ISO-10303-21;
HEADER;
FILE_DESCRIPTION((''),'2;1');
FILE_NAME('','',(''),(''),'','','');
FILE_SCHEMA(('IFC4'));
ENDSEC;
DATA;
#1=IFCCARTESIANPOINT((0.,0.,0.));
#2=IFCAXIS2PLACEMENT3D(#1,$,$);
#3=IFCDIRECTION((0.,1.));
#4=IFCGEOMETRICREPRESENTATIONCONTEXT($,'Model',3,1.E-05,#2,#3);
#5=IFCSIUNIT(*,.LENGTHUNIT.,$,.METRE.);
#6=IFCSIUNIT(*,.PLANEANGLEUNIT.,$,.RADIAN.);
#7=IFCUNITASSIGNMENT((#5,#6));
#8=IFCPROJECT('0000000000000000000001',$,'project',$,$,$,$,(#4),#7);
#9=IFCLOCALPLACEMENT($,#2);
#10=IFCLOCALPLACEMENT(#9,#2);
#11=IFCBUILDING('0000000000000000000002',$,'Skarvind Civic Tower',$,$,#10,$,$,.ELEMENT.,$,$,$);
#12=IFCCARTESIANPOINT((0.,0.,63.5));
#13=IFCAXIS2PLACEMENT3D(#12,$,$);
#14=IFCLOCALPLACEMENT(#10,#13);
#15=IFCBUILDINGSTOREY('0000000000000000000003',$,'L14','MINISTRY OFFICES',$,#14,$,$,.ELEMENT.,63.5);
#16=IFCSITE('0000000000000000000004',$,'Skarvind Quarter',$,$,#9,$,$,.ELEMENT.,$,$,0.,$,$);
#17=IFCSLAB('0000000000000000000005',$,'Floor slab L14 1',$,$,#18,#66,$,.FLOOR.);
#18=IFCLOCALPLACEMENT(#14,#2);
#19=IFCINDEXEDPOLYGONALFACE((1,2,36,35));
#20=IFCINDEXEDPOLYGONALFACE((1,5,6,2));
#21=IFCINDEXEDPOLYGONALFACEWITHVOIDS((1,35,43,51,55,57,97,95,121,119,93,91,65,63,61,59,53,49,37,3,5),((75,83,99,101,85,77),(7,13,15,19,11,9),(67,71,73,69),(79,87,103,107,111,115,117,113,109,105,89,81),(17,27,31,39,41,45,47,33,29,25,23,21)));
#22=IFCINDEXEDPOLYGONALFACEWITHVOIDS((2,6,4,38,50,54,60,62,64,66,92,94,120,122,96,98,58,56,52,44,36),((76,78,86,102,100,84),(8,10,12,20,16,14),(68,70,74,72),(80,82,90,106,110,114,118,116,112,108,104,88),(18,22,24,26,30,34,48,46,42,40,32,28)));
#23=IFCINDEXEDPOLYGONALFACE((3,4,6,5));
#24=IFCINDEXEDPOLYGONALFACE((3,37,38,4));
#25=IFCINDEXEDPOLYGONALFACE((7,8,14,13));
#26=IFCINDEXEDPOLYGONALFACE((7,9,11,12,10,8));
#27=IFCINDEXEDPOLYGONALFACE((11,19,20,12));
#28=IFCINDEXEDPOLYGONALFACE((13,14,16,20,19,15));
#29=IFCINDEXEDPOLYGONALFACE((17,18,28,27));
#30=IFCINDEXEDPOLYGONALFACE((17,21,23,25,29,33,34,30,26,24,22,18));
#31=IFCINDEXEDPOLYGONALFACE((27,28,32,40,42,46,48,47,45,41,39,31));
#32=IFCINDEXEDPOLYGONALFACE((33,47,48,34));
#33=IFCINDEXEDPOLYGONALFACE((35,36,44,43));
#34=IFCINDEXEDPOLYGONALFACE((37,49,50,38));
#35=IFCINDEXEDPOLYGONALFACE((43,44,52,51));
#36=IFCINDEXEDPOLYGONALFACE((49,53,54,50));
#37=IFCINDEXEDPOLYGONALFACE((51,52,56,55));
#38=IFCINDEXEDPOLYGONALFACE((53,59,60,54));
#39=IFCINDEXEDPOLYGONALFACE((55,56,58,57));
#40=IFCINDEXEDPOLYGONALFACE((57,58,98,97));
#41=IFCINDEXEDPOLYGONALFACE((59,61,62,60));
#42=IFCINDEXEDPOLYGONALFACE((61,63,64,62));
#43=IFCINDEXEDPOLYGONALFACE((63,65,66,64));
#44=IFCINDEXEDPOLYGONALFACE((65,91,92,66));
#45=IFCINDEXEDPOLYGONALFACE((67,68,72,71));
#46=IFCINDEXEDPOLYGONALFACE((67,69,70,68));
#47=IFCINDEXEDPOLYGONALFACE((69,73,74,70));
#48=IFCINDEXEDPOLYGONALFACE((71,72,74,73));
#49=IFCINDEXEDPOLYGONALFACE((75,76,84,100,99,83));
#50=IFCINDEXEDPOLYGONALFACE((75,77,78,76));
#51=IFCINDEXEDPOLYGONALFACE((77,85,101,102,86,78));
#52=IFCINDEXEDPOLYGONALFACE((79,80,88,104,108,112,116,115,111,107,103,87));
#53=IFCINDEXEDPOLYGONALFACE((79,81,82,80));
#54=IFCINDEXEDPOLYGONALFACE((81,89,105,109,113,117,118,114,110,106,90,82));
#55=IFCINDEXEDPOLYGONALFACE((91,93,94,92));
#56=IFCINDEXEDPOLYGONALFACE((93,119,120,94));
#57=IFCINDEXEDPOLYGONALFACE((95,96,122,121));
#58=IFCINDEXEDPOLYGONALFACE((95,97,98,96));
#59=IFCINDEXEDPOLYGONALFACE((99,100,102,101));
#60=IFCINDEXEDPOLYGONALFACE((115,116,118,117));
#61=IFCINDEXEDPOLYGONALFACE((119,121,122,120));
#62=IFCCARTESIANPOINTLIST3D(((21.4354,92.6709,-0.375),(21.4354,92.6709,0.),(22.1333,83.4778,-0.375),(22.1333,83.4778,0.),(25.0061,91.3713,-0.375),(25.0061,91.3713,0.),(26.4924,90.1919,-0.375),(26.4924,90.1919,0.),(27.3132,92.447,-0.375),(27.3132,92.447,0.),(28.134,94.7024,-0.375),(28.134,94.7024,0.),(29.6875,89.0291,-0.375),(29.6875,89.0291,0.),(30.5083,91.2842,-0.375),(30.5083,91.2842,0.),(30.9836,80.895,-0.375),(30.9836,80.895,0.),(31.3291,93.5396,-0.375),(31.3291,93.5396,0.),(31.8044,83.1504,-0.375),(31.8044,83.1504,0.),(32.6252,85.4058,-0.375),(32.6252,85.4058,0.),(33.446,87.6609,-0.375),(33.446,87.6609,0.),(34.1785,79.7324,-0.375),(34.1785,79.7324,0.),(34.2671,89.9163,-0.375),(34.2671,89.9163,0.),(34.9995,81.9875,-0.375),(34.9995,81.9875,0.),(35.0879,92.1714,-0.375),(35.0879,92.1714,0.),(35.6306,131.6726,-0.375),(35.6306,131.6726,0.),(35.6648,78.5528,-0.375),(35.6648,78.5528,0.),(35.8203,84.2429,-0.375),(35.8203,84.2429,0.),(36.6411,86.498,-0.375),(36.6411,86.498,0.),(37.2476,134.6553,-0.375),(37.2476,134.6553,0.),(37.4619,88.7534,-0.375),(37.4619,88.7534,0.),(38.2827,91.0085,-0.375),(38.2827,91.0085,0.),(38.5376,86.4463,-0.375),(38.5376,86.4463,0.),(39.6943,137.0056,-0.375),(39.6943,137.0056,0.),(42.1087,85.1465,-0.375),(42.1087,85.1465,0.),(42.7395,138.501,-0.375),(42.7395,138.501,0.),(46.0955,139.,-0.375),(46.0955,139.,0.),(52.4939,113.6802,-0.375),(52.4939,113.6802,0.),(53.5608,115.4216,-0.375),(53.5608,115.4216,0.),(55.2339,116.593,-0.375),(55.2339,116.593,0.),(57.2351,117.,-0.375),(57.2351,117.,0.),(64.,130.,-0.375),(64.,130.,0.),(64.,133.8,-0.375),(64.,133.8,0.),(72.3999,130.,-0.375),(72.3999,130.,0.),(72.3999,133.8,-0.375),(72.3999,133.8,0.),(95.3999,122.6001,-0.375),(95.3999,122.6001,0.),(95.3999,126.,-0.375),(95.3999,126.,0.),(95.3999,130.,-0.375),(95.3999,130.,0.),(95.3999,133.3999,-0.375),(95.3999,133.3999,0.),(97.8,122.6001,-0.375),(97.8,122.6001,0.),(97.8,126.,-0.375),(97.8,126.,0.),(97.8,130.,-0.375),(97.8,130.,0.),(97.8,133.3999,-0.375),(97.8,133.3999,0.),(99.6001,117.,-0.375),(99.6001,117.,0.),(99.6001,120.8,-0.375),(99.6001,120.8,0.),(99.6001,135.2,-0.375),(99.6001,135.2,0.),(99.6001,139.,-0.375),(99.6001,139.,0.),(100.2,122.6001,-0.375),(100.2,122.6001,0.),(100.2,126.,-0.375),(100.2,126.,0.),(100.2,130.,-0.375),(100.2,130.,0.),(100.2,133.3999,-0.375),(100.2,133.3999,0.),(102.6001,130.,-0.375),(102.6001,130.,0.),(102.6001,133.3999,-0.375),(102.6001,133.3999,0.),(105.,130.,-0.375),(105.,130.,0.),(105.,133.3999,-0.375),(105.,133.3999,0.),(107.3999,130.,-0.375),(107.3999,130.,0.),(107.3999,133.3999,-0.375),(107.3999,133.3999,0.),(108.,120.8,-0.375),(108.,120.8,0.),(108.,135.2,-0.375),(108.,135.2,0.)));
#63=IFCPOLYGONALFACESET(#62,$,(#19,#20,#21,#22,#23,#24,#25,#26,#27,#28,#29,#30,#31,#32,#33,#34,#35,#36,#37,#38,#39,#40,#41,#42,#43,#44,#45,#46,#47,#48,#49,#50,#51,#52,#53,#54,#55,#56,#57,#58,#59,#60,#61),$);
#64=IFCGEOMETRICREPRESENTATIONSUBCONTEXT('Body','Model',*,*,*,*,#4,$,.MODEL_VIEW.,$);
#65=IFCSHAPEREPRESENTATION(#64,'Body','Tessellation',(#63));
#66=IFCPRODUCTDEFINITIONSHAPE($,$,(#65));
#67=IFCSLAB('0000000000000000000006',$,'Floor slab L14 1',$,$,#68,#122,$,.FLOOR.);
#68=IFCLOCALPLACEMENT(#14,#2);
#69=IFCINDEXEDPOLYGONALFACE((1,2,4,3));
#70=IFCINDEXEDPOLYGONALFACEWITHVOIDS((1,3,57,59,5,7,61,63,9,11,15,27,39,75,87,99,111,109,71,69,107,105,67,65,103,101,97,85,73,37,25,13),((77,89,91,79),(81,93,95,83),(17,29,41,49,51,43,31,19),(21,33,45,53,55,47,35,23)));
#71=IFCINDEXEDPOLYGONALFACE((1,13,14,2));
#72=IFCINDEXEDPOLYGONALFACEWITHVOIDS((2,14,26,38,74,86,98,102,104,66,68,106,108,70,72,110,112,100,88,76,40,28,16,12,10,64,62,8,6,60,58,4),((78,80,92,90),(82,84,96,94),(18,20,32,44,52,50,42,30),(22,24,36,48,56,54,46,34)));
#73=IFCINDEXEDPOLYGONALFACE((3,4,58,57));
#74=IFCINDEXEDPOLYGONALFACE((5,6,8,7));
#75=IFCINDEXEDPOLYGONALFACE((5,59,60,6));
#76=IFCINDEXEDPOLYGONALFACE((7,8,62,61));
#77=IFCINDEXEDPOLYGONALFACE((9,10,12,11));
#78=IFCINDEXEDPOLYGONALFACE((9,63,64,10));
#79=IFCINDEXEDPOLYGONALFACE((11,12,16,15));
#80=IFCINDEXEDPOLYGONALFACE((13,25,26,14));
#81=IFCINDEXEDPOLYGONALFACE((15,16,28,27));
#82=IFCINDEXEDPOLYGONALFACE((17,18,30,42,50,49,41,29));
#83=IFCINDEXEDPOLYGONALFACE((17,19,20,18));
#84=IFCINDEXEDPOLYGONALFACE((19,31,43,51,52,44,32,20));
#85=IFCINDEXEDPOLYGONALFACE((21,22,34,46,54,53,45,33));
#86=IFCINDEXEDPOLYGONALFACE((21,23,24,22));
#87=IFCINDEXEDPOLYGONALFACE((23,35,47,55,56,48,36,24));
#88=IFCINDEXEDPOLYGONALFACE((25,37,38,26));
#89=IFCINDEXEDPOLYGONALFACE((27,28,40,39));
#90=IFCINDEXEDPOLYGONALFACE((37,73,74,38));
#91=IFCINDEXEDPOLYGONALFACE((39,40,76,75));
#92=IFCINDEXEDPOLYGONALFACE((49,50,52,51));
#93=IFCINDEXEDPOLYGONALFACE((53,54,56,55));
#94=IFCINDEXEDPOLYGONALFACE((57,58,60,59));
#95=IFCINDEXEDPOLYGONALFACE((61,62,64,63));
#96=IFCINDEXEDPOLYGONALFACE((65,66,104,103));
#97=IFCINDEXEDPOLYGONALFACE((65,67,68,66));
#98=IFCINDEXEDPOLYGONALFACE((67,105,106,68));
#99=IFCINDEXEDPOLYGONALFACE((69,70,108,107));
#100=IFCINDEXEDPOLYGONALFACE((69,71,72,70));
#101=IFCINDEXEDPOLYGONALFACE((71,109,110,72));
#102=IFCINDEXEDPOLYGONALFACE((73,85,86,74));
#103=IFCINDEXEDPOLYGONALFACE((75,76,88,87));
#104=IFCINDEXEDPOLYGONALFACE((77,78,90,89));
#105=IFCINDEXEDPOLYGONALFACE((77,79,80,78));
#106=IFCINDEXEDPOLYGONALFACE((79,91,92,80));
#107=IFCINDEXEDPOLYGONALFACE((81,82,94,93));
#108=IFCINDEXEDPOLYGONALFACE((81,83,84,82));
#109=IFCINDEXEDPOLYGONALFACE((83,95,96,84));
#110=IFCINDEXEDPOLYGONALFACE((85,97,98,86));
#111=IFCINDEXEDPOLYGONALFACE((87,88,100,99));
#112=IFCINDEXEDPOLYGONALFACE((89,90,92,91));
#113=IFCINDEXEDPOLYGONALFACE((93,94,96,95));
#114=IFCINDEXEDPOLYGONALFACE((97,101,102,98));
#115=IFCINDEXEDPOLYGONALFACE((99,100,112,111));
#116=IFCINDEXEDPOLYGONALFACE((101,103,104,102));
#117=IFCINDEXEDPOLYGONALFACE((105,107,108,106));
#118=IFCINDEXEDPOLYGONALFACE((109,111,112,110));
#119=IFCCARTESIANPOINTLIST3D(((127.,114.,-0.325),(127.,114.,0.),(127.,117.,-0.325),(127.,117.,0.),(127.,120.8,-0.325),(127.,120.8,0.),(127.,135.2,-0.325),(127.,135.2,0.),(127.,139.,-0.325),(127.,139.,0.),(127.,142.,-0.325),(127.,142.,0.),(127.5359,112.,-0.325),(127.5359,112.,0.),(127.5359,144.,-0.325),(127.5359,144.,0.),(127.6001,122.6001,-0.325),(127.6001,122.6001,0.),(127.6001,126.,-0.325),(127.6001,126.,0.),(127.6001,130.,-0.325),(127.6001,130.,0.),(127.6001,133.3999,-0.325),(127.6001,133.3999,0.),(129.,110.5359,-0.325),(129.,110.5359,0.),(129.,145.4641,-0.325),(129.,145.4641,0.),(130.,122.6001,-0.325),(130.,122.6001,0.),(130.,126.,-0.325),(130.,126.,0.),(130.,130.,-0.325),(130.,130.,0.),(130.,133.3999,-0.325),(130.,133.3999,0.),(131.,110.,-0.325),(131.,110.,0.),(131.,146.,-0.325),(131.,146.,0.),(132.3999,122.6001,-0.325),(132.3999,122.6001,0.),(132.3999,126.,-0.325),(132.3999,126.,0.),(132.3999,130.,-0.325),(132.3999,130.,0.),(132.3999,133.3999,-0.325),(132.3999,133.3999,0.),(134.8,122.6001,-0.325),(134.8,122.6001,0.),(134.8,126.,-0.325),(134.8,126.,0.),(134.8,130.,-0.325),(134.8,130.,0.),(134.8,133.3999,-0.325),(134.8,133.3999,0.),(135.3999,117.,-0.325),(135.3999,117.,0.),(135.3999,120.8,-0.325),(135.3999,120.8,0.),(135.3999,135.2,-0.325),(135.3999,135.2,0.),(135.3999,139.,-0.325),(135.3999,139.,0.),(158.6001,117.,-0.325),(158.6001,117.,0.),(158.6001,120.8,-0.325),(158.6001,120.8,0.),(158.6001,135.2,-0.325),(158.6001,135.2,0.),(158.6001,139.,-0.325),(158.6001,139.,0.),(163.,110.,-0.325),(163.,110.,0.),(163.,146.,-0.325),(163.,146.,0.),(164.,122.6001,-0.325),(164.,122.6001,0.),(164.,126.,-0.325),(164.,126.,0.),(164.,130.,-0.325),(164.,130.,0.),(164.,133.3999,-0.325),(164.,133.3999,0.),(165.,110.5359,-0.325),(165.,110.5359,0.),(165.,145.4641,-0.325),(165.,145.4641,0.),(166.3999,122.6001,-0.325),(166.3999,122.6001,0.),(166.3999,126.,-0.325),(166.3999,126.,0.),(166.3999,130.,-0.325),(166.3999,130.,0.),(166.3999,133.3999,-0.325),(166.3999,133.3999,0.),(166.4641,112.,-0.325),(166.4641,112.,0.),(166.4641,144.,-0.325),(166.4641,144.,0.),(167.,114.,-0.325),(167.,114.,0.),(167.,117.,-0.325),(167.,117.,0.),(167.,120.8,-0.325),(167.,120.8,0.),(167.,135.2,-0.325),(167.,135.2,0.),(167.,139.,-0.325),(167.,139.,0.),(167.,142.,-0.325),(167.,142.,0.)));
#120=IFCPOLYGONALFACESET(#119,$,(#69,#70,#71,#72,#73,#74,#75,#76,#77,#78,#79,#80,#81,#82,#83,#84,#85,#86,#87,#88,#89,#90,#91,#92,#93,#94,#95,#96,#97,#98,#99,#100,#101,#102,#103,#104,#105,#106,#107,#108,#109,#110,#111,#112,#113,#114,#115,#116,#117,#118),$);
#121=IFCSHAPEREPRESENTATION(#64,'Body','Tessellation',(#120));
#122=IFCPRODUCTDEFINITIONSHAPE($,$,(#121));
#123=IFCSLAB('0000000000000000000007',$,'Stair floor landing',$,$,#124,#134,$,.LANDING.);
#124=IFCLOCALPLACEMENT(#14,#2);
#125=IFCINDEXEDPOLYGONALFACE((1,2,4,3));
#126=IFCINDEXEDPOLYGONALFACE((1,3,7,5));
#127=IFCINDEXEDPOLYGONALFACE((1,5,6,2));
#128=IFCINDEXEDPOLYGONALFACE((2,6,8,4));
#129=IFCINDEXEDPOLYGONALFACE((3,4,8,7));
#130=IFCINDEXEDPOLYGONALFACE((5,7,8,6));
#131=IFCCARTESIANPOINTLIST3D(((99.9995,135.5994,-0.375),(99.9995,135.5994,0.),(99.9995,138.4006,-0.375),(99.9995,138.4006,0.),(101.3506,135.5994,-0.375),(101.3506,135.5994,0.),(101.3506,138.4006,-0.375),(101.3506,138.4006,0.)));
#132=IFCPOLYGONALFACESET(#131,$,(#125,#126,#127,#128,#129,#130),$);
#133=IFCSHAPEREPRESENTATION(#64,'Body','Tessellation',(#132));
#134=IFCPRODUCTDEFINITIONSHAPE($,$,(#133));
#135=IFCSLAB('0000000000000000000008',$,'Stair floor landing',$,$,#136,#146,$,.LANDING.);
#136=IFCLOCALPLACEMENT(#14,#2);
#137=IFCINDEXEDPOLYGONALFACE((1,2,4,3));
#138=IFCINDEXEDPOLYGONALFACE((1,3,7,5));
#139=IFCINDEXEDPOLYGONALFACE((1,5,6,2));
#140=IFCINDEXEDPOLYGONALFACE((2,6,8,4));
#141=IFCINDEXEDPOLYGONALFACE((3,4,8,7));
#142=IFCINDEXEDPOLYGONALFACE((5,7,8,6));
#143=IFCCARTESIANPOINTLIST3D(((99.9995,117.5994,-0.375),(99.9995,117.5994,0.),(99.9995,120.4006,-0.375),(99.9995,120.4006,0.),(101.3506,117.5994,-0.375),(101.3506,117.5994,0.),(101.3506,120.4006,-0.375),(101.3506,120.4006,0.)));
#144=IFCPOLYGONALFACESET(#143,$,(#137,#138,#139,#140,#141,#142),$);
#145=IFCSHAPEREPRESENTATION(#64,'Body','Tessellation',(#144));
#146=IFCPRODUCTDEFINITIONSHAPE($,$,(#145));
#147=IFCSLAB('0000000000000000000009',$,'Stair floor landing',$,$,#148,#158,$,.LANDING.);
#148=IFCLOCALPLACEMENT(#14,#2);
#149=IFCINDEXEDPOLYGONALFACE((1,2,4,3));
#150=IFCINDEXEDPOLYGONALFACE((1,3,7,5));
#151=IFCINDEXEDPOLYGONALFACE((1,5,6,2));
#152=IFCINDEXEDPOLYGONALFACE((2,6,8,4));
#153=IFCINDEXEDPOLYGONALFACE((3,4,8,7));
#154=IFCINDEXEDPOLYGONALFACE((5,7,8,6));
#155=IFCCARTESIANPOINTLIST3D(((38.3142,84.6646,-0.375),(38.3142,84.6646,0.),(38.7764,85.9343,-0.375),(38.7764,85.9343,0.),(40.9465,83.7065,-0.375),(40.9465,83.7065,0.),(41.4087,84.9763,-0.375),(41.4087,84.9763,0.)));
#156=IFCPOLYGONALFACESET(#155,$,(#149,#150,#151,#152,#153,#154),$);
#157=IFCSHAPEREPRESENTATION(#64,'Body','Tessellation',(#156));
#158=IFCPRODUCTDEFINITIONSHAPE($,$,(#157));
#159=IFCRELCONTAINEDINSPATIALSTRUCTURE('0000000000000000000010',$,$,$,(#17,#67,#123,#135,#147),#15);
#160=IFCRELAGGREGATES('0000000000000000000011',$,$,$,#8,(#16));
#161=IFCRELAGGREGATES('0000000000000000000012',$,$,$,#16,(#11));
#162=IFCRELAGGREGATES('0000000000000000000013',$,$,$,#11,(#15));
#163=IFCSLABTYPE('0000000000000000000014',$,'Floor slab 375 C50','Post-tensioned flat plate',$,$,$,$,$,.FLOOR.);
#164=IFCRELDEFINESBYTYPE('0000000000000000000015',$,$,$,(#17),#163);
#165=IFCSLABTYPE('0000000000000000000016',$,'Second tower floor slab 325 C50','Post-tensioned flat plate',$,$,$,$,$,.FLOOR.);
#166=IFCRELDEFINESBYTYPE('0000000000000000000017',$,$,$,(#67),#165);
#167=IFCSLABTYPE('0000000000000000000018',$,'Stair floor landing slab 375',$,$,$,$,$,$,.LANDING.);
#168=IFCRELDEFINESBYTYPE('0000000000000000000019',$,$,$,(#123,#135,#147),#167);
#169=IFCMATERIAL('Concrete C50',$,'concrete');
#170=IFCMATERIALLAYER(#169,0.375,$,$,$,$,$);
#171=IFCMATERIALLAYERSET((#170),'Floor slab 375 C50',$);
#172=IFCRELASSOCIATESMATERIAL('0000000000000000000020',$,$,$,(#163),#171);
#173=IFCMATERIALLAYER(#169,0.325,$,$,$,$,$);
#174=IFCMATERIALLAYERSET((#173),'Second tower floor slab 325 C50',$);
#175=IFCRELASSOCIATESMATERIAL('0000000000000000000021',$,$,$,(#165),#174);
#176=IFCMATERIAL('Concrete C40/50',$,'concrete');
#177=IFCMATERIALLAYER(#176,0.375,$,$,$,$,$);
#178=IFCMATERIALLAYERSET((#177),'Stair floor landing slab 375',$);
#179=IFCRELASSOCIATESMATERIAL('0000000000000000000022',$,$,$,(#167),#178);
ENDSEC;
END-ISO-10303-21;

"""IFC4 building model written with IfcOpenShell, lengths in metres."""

from ifc_helpers import new_model, si_unit, direction, frame, origin, place, context, subcontext, project, spatial, polyline, outline, extrude, material, layer, layer_set, type_object, element, save


model = new_model("IFC4")

# Units and contexts
model_context = context("Model", 3, precision=1e-05, world=origin(), true_north=direction((0.0, 1.0)))
body_context = subcontext(model_context, "Body", "Model", "MODEL_VIEW")
ifc_project = project(units=[si_unit("LENGTHUNIT", "METRE"), si_unit("PLANEANGLEUNIT", "RADIAN")], contexts=[model_context])

# Site, building, storey
site_placement = place(None, origin())
site = spatial("IfcSite", under=ifc_project, at=site_placement, Name="Skarvind Quarter", CompositionType="ELEMENT", RefElevation=0.0)
building_placement = place(site_placement, origin())
building = spatial("IfcBuilding", under=site, at=building_placement, Name="Skarvind Civic Tower", CompositionType="ELEMENT")
storey_placement = place(building_placement, frame((0.0, 0.0, 63.5)))
storey = spatial("IfcBuildingStorey", under=building, at=storey_placement, Name="L14", Description="MINISTRY OFFICES", CompositionType="ELEMENT", Elevation=63.5)

# Slabs
ifc_material_1 = material(Name="Concrete C50", Category="concrete")
ifc_layer_1 = layer(ifc_material_1, 0.375)
ifc_layer_set_1 = layer_set([ifc_layer_1], Name="Floor slab 375 C50")
slab_type_1 = type_object("IfcSlabType", Name="Floor slab 375 C50", Description="Post-tensioned flat plate", PredefinedType="FLOOR", material=ifc_layer_set_1)
slab_1_placement = place(storey_placement, frame((0.0, 0.0, -0.375)))
element("IfcSlab", 1, at=slab_1_placement, inside=storey, type_object=slab_type_1, Name="Floor slab L14 1", PredefinedType="FLOOR", context=body_context, shape_type="SweptSolid", body=[
    extrude(outline(polyline([(99.6001, 117.0), (99.6001, 120.8), (108.0, 120.8), (108.0, 135.2), (99.6001, 135.2), (99.6001, 139.0), (46.0955, 139.0), (42.7395, 138.501), (39.6943, 137.0056), (37.2476, 134.6553), (35.6306, 131.6726), (19.4175, 87.1267), (21.4353, 92.6709), (25.0061, 91.3713), (22.1333, 83.4778), (36.8865, 78.1082), (35.6648, 78.5527), (38.5376, 86.4463), (42.1086, 85.1465), (40.0908, 79.6023), (40.0908, 79.6023), (52.4939, 113.6802), (53.5608, 115.4216), (55.2339, 116.593), (57.2351, 117.0), (99.6001, 117.0)]), holes=[polyline([(32.6252, 85.4058), (33.446, 87.6609), (34.2671, 89.9163), (35.0879, 92.1714), (38.2827, 91.0085), (37.4619, 88.7534), (36.6411, 86.498), (35.8203, 84.2429), (35.8203, 84.2429), (34.9995, 81.9875), (34.1785, 79.7324), (30.9836, 80.895), (31.8044, 83.1504), (32.6252, 85.4058), (32.6252, 85.4058)]), polyline([(31.3291, 93.5396), (30.5083, 91.2842), (29.6875, 89.0291), (26.4924, 90.1919), (27.3132, 92.447), (28.134, 94.7024), (31.3291, 93.5396)]), polyline([(64.0, 130.0), (64.0, 133.8), (72.3999, 133.8), (72.3999, 130.0), (64.0, 130.0)]), polyline([(100.2, 126.0), (100.2, 122.6001), (97.8, 122.6001), (95.3999, 122.6001), (95.3999, 126.0), (97.8, 126.0), (100.2, 126.0)]), polyline([(100.2, 133.3999), (102.6001, 133.3999), (105.0, 133.3999), (107.3999, 133.3999), (107.3999, 130.0), (105.0, 130.0), (102.6001, 130.0), (100.2, 130.0), (97.8, 130.0), (95.3999, 130.0), (95.3999, 133.3999), (97.8, 133.3999), (100.2, 133.3999)])]), origin(), (0.0, 0.0, 1.0), 0.375),
])
ifc_layer_2 = layer(ifc_material_1, 0.325)
ifc_layer_set_2 = layer_set([ifc_layer_2], Name="Second tower floor slab 325 C50")
slab_type_2 = type_object("IfcSlabType", Name="Second tower floor slab 325 C50", Description="Post-tensioned flat plate", PredefinedType="FLOOR", material=ifc_layer_set_2)
slab_2_placement = place(storey_placement, frame((0.0, 0.0, -0.325)))
element("IfcSlab", 2, at=slab_2_placement, inside=storey, type_object=slab_type_2, Name="Floor slab L14 1", PredefinedType="FLOOR", context=body_context, shape_type="SweptSolid", body=[
    extrude(outline(polyline([(127.0, 139.0), (135.3999, 139.0), (135.3999, 135.2), (127.0, 135.2), (127.0, 120.8), (135.3999, 120.8), (135.3999, 117.0), (127.0, 117.0), (127.0, 114.0), (127.5359, 112.0), (129.0, 110.5359), (131.0, 110.0), (163.0, 110.0), (165.0, 110.5359), (166.4641, 112.0), (167.0, 114.0), (167.0, 117.0), (158.6001, 117.0), (158.6001, 120.8), (167.0, 120.8), (167.0, 135.2), (158.6001, 135.2), (158.6001, 139.0), (167.0, 139.0), (167.0, 142.0), (166.4641, 144.0), (165.0, 145.4641), (163.0, 146.0), (131.0, 146.0), (129.0, 145.4641), (127.5359, 144.0), (127.0, 142.0), (127.0, 139.0)]), holes=[polyline([(132.3999, 126.0), (134.8, 126.0), (134.8, 122.6001), (132.3999, 122.6001), (130.0, 122.6001), (127.6001, 122.6001), (127.6001, 126.0), (130.0, 126.0), (132.3999, 126.0)]), polyline([(130.0, 133.3999), (132.3999, 133.3999), (134.8, 133.3999), (134.8, 130.0), (132.3999, 130.0), (130.0, 130.0), (127.6001, 130.0), (127.6001, 133.3999), (130.0, 133.3999)]), polyline([(166.3999, 126.0), (166.3999, 122.6001), (164.0, 122.6001), (164.0, 126.0), (166.3999, 126.0)]), polyline([(166.3999, 133.3999), (166.3999, 130.0), (164.0, 130.0), (164.0, 133.3999), (166.3999, 133.3999)])]), origin(), (0.0, 0.0, 1.0), 0.325),
])
ifc_material_2 = material(Name="Concrete C40/50", Category="concrete")
ifc_layer_3 = layer(ifc_material_2, 0.375)
ifc_layer_set_3 = layer_set([ifc_layer_3], Name="Stair floor landing slab 375")
slab_type_3 = type_object("IfcSlabType", Name="Stair floor landing slab 375", PredefinedType="LANDING", material=ifc_layer_set_3)
slab_3_placement = place(storey_placement, frame((0.0, 0.0, -0.375)))
element("IfcSlab", 3, at=slab_3_placement, inside=storey, type_object=slab_type_3, Name="Stair floor landing", PredefinedType="LANDING", context=body_context, shape_type="SweptSolid", body=[
    extrude(outline(polyline([(101.3506, 138.4006), (101.3506, 135.5994), (99.9995, 135.5994), (99.9995, 138.4006), (101.3506, 138.4006)])), origin(), (0.0, 0.0, 1.0), 0.375),
])
slab_4_placement = place(storey_placement, frame((0.0, 0.0, -0.375)))
element("IfcSlab", 4, at=slab_4_placement, inside=storey, type_object=slab_type_3, Name="Stair floor landing", PredefinedType="LANDING", context=body_context, shape_type="SweptSolid", body=[
    extrude(outline(polyline([(101.3506, 120.4006), (101.3506, 117.5994), (99.9995, 117.5994), (99.9995, 120.4006), (101.3506, 120.4006)])), origin(), (0.0, 0.0, 1.0), 0.375),
])
slab_5_placement = place(storey_placement, frame((0.0, 0.0, -0.375)))
element("IfcSlab", 5, at=slab_5_placement, inside=storey, type_object=slab_type_3, Name="Stair floor landing", PredefinedType="LANDING", context=body_context, shape_type="SweptSolid", body=[
    extrude(outline(polyline([(40.9465, 83.7065), (38.3142, 84.6646), (38.7764, 85.9343), (41.4087, 84.9763), (40.9465, 83.7065)])), origin(), (0.0, 0.0, 1.0), 0.375),
])

save(model, "model.ifc")
